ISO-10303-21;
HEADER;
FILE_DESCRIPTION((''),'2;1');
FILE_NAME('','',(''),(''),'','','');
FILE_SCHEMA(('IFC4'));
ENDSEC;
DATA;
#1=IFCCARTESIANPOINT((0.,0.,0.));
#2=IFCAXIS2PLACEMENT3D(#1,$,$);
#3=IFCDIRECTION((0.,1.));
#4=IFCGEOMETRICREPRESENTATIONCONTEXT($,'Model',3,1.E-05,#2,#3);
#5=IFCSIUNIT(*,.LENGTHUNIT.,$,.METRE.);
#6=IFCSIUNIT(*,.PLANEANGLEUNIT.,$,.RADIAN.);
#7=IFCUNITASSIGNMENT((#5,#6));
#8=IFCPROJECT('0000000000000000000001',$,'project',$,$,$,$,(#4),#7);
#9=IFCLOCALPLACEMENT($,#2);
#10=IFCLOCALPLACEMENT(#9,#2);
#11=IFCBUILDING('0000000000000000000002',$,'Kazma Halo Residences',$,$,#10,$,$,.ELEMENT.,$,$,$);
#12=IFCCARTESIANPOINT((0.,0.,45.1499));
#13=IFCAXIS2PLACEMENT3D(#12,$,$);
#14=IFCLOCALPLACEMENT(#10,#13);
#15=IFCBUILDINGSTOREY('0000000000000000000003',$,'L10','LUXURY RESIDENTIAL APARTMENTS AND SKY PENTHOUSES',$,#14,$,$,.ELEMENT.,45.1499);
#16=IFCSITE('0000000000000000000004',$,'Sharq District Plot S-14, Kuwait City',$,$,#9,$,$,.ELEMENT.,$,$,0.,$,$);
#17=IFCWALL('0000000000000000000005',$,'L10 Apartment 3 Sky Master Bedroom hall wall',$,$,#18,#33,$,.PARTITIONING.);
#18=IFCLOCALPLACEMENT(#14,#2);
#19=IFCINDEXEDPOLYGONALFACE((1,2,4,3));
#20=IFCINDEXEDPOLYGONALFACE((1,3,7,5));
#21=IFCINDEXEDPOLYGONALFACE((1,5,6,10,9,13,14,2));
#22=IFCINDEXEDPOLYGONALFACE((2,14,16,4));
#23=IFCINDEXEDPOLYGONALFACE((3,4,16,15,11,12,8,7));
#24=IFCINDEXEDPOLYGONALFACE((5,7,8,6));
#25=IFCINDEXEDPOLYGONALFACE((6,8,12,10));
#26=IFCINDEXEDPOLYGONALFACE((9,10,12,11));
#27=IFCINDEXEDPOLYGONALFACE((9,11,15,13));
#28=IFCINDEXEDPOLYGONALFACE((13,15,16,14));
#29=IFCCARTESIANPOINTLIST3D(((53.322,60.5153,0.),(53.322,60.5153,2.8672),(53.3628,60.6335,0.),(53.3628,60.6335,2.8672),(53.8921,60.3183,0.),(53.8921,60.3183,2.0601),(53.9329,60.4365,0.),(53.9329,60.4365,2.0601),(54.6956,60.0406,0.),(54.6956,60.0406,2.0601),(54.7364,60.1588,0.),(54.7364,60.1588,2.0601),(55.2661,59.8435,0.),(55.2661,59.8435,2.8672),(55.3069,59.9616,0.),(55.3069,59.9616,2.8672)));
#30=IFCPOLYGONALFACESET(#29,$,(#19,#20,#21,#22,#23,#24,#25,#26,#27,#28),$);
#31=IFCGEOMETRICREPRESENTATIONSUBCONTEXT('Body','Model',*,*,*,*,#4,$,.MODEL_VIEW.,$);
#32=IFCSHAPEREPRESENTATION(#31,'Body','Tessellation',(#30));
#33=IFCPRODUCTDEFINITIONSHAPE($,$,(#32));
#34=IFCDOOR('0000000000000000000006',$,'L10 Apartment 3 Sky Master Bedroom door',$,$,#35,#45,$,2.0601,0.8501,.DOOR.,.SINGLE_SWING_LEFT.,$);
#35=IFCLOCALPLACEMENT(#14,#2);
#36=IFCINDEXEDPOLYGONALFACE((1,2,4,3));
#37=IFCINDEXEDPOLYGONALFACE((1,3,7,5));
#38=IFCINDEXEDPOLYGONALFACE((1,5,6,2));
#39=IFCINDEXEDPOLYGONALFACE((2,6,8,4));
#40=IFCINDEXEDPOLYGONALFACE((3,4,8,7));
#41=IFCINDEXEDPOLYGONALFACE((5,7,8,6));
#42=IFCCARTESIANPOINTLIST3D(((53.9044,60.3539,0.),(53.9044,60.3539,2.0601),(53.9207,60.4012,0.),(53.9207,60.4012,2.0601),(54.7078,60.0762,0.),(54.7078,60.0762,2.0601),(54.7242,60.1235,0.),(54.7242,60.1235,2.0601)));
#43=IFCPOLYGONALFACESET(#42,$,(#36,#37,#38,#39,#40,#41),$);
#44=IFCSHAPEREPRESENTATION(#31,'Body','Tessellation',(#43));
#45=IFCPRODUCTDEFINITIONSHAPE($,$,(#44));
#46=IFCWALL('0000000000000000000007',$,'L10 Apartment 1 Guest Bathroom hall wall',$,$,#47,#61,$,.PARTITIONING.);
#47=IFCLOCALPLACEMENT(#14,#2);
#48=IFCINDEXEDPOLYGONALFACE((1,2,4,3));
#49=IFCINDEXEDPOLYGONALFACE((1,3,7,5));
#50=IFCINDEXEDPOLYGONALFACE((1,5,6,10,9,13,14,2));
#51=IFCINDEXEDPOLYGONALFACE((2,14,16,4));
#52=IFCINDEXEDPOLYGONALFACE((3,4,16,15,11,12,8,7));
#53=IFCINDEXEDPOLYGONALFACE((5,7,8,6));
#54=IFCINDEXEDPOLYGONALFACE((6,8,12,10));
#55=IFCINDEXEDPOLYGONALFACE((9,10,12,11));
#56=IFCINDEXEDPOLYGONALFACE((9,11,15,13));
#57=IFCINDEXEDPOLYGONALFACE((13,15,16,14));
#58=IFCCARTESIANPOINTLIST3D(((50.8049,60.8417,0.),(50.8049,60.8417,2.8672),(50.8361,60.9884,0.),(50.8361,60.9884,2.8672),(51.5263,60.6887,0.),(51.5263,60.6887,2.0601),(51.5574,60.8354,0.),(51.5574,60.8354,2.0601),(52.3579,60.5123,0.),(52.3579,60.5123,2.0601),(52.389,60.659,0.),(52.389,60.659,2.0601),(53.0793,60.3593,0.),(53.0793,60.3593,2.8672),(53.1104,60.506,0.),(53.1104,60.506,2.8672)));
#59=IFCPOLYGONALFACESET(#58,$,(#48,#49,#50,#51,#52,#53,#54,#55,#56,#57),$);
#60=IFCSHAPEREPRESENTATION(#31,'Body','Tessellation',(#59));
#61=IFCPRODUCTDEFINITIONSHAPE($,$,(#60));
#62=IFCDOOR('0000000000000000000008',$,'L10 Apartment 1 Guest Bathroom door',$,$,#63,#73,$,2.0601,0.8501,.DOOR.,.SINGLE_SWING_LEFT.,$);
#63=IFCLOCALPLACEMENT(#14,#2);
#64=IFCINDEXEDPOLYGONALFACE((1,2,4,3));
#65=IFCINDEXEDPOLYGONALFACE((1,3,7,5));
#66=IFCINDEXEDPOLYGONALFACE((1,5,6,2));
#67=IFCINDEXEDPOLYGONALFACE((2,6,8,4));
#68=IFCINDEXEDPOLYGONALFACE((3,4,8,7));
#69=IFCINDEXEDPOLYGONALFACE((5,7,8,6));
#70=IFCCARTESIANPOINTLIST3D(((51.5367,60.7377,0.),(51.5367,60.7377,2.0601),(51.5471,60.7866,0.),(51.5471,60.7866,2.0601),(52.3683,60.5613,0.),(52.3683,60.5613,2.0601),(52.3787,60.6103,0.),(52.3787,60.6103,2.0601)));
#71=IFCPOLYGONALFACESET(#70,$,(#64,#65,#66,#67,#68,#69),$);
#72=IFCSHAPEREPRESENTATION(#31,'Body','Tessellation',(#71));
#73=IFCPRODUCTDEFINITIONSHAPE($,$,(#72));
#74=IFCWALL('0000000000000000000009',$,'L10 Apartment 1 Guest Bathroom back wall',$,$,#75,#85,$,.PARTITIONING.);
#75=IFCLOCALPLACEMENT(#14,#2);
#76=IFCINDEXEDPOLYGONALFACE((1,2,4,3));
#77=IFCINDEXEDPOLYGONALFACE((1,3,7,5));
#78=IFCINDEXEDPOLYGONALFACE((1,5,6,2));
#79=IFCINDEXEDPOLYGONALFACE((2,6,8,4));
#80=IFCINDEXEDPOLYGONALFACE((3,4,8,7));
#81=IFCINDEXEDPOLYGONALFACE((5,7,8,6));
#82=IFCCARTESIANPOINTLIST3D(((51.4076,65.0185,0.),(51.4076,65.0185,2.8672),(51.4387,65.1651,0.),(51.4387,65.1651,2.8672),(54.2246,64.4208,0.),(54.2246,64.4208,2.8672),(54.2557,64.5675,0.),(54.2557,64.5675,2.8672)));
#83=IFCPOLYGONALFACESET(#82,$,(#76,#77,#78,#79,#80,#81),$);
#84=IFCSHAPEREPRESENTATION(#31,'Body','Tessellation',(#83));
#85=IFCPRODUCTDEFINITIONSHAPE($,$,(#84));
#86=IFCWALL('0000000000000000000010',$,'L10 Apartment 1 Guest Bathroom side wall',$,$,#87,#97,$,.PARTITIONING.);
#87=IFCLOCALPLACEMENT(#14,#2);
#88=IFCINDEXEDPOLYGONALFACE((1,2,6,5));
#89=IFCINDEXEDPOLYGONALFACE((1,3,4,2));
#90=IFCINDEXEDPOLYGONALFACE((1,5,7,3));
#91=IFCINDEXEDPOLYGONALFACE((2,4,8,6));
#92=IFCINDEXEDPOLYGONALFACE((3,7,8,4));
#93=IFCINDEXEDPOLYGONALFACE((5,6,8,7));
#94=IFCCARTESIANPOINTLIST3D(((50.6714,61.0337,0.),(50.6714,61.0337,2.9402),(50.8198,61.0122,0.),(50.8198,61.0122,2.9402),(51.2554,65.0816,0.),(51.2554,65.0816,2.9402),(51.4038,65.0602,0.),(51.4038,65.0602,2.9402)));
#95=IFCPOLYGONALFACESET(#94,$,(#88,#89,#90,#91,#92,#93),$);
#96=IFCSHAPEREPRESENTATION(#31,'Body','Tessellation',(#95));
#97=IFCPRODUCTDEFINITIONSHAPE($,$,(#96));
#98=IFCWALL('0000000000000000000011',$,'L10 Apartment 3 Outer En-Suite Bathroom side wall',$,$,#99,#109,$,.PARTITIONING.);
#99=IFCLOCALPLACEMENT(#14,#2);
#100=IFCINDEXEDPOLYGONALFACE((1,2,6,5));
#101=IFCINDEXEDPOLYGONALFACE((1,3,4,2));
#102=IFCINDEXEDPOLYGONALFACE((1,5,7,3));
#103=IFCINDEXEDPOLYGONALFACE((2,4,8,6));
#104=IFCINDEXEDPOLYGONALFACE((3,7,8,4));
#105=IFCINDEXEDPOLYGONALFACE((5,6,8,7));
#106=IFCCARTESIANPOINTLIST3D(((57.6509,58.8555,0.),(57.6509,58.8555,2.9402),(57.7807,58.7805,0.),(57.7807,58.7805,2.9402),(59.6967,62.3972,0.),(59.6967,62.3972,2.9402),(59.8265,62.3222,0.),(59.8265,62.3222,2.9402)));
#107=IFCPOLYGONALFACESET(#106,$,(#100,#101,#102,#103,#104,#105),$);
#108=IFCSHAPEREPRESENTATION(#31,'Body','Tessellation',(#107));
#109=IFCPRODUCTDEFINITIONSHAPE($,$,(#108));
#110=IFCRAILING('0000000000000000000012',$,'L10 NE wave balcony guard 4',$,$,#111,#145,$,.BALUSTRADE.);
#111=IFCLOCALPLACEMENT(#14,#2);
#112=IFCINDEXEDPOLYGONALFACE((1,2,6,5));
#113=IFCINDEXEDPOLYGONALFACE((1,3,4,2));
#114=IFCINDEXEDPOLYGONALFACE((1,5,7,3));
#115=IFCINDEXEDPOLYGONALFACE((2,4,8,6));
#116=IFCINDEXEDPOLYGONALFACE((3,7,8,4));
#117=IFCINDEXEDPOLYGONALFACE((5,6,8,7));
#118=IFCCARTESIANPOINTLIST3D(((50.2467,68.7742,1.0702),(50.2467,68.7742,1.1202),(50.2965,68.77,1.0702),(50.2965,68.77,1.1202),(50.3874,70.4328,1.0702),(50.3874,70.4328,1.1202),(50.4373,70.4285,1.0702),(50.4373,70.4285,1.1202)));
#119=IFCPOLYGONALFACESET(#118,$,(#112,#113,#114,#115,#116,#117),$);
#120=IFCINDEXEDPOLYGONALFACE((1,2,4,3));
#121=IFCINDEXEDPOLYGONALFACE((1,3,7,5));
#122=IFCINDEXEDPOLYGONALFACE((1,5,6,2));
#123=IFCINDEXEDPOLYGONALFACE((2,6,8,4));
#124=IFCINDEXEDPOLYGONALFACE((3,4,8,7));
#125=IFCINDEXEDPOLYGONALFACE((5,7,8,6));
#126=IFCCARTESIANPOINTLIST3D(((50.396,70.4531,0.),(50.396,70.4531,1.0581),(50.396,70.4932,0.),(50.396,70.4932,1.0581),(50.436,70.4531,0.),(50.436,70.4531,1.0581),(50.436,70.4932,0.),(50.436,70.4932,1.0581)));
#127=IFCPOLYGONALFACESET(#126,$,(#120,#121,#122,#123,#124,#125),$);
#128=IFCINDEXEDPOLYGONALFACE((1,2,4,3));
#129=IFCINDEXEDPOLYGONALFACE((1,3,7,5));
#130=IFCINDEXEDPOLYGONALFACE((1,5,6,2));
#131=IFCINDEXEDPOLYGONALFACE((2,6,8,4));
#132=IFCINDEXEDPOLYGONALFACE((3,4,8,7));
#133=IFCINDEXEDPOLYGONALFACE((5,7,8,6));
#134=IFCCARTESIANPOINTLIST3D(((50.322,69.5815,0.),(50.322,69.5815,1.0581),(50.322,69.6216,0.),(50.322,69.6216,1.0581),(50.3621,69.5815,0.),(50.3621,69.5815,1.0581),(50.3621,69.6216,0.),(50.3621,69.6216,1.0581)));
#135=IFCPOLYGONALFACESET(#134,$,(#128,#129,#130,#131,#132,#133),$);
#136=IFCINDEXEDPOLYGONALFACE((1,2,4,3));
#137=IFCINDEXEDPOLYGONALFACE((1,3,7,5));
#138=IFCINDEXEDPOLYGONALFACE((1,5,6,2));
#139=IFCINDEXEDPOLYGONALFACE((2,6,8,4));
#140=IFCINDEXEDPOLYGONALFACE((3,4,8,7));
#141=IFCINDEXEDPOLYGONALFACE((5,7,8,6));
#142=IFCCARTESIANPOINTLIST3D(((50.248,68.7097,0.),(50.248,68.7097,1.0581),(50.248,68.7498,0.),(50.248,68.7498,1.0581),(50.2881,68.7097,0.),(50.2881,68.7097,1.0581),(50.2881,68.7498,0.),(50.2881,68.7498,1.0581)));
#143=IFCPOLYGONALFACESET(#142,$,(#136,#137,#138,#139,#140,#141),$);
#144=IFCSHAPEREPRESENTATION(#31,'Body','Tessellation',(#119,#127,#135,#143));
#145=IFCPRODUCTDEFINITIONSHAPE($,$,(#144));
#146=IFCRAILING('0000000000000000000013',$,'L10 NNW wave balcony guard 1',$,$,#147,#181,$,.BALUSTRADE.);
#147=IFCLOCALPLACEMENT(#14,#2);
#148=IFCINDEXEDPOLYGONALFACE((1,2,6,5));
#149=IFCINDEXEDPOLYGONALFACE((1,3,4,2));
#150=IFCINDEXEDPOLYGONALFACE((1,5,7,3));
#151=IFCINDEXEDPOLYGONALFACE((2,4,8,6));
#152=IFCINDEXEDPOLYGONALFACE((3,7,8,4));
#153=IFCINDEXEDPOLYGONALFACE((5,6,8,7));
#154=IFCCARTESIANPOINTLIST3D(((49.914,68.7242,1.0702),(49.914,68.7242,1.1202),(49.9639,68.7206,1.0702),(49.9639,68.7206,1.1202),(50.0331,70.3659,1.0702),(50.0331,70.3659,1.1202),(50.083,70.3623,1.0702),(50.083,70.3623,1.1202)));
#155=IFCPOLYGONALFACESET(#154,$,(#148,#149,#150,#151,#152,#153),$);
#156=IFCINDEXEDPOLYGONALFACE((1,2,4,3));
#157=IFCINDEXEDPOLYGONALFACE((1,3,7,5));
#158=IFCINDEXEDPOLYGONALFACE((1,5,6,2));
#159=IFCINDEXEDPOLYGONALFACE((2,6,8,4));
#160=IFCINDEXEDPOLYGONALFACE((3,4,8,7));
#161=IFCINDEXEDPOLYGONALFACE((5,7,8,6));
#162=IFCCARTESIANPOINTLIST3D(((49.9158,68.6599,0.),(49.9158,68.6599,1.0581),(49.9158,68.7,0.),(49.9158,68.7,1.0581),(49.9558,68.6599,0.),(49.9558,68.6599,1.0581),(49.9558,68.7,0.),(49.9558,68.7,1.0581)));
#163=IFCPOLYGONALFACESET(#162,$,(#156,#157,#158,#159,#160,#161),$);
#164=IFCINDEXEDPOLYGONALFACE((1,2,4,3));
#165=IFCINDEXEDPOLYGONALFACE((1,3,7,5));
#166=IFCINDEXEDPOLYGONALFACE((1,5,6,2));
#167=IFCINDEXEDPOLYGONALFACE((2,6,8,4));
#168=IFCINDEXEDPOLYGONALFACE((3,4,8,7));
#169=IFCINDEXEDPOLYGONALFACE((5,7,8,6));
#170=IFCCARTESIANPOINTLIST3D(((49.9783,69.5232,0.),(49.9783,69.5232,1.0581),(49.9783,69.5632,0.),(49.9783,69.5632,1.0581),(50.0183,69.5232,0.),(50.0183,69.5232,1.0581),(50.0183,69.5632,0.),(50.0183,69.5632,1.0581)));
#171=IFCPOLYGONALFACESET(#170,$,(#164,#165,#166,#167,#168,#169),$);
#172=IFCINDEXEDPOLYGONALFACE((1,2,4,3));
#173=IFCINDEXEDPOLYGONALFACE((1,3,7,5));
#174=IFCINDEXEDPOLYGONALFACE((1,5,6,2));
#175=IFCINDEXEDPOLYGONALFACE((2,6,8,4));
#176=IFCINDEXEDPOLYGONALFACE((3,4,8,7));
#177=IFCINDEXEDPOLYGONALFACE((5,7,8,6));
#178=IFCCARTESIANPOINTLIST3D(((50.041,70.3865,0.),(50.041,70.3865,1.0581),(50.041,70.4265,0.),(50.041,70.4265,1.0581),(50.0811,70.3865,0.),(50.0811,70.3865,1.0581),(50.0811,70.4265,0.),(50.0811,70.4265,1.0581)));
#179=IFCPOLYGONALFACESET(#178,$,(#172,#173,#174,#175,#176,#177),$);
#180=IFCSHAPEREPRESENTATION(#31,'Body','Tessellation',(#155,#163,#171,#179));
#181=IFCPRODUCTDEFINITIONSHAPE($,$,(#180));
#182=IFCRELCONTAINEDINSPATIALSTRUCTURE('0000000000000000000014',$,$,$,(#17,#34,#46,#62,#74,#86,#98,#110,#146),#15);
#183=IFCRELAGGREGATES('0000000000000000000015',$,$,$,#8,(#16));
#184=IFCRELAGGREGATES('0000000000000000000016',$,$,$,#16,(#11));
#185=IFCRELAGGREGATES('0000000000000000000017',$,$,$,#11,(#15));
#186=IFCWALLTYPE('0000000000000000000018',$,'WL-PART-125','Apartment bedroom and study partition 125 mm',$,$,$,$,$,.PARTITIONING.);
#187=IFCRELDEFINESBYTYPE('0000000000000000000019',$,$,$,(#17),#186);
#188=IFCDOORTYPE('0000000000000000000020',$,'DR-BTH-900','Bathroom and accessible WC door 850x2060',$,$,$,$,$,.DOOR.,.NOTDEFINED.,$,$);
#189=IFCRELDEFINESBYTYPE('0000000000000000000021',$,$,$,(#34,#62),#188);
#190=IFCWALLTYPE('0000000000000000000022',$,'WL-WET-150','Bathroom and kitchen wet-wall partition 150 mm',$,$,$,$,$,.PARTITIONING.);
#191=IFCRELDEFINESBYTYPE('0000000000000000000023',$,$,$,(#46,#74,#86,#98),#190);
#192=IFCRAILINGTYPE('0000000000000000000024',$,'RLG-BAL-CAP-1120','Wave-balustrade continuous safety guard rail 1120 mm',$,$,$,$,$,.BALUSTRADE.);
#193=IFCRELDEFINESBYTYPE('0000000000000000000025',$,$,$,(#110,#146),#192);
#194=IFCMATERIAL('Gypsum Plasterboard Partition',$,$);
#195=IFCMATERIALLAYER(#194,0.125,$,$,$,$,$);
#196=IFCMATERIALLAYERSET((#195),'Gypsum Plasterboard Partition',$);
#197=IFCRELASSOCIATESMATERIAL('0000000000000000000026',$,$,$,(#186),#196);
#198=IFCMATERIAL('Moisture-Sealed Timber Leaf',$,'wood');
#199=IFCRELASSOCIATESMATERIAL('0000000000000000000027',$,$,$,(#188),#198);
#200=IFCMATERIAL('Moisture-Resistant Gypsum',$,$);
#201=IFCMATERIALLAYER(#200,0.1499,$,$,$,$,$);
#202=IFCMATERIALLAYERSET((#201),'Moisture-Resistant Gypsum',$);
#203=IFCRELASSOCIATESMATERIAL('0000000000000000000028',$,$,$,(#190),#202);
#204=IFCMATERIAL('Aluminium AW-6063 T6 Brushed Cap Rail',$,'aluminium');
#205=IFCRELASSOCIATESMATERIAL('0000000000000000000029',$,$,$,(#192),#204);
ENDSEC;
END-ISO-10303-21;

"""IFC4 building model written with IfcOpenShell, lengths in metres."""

from ifc_helpers import new_model, si_unit, direction, frame, frame_2d, origin, origin_2d, place, context, subcontext, project, spatial, rectangle, extrude, material, layer, layer_set, type_object, element, fill, save


model = new_model("IFC4")

# Units and contexts
model_context = context("Model", 3, precision=1e-05, world=origin(), true_north=direction((0.0, 1.0)))
body_context = subcontext(model_context, "Body", "Model", "MODEL_VIEW")
ifc_project = project(units=[si_unit("LENGTHUNIT", "METRE"), si_unit("PLANEANGLEUNIT", "RADIAN")], contexts=[model_context])

# Site, building, storey
site_placement = place(None, origin())
site = spatial("IfcSite", under=ifc_project, at=site_placement, Name="Sharq District Plot S-14, Kuwait City", CompositionType="ELEMENT", RefElevation=0.0)
building_placement = place(site_placement, origin())
building = spatial("IfcBuilding", under=site, at=building_placement, Name="Kazma Halo Residences", CompositionType="ELEMENT")
storey_placement = place(building_placement, frame((0.0, 0.0, 45.1499)))
storey = spatial("IfcBuildingStorey", under=building, at=storey_placement, Name="L10", Description="LUXURY RESIDENTIAL APARTMENTS AND SKY PENTHOUSES", CompositionType="ELEMENT", Elevation=45.1499)

# Shared definitions
ifc_material_1 = material(Name="Gypsum Plasterboard Partition")
ifc_layer_1 = layer(ifc_material_1, 0.125)
ifc_layer_set_1 = layer_set([ifc_layer_1], Name="Gypsum Plasterboard Partition")
wall_type_1 = type_object("IfcWallType", Name="WL-PART-125", Description="Apartment bedroom and study partition 125 mm", PredefinedType="PARTITIONING", material=ifc_layer_set_1)
ifc_material_2 = material(Name="Moisture-Sealed Timber Leaf", Category="wood")
door_type = type_object("IfcDoorType", Name="DR-BTH-900", Description="Bathroom and accessible WC door 850x2060", OperationType="NOTDEFINED", PredefinedType="DOOR", material=ifc_material_2)

# Walls, openings, doors
wall_1_placement = place(storey_placement, frame((55.2864, 59.9026, 0.0), z_axis=(0.0, 0.0, 1.0), x_axis=(-0.945148, 0.326642, 0.0)))
wall_1 = element("IfcWall", 1, at=wall_1_placement, inside=storey, type_object=wall_type_1, Name="L10 Apartment 3 Sky Master Bedroom hall wall", PredefinedType="PARTITIONING", context=body_context, shape_type="SweptSolid", body=[
    extrude(rectangle(XDim=2.0569, YDim=0.125, at=frame_2d((1.0283, 0.0))), origin(), (0.0, 0.0, 1.0), 2.8672),
])
opening_1_placement = place(wall_1_placement, frame((0.6035, 0.0, 0.0)))
opening_1 = element("IfcOpeningElement", 2, at=opening_1_placement, cuts=wall_1, PredefinedType="OPENING", context=body_context, shape_type="SweptSolid", body=[
    extrude(rectangle(XDim=0.8501, YDim=2.0601, at=frame_2d((0.425, 1.03))), frame((0.0, 0.0725, 0.0), z_axis=(0.0, -1.0, 0.0), x_axis=(1.0, 0.0, 0.0)), (0.0, 0.0, 1.0), 0.145),
])
door_1_placement = place(opening_1_placement, origin())
door_1 = element("IfcDoor", 3, at=door_1_placement, inside=storey, type_object=door_type, Name="L10 Apartment 3 Sky Master Bedroom door", OperationType="SINGLE_SWING_LEFT", OverallHeight=2.0601, OverallWidth=0.8501, PredefinedType="DOOR", context=body_context, shape_type="SweptSolid", body=[
    extrude(rectangle(XDim=0.8501, YDim=2.0601, at=frame_2d((0.425, 1.03))), frame((0.0, 0.0249, 0.0), z_axis=(0.0, -1.0, 0.0), x_axis=(1.0, 0.0, 0.0)), (0.0, 0.0, 1.0), 0.05),
])
fill(opening_1, door_1)
ifc_material_3 = material(Name="Moisture-Resistant Gypsum")
ifc_layer_2 = layer(ifc_material_3, 0.1499)
ifc_layer_set_2 = layer_set([ifc_layer_2], Name="Moisture-Resistant Gypsum")
wall_type_2 = type_object("IfcWallType", Name="WL-WET-150", Description="Bathroom and kitchen wet-wall partition 150 mm", PredefinedType="PARTITIONING", material=ifc_layer_set_2)
wall_2_placement = place(storey_placement, frame((53.095, 60.4326, 0.0), z_axis=(0.0, 0.0, 1.0), x_axis=(-0.978237, 0.207492, 0.0)))
wall_2 = element("IfcWall", 4, at=wall_2_placement, inside=storey, type_object=wall_type_2, Name="L10 Apartment 1 Guest Bathroom hall wall", PredefinedType="PARTITIONING", context=body_context, shape_type="SweptSolid", body=[
    extrude(rectangle(XDim=2.325, YDim=0.1499, at=frame_2d((1.1626, 0.0))), origin(), (0.0, 0.0, 1.0), 2.8672),
])
opening_2_placement = place(wall_2_placement, frame((0.7375, 0.0, 0.0)))
opening_2 = element("IfcOpeningElement", 5, at=opening_2_placement, cuts=wall_2, PredefinedType="OPENING", context=body_context, shape_type="SweptSolid", body=[
    extrude(rectangle(XDim=0.8501, YDim=2.0601, at=frame_2d((0.425, 1.03))), frame((0.0, 0.085, 0.0), z_axis=(0.0, -1.0, 0.0), x_axis=(1.0, 0.0, 0.0)), (0.0, 0.0, 1.0), 0.1699),
])
door_2_placement = place(opening_2_placement, origin())
door_2 = element("IfcDoor", 6, at=door_2_placement, inside=storey, type_object=door_type, Name="L10 Apartment 1 Guest Bathroom door", OperationType="SINGLE_SWING_LEFT", OverallHeight=2.0601, OverallWidth=0.8501, PredefinedType="DOOR", context=body_context, shape_type="SweptSolid", body=[
    extrude(rectangle(XDim=0.8501, YDim=2.0601, at=frame_2d((0.425, 1.03))), frame((0.0, 0.0249, 0.0), z_axis=(0.0, -1.0, 0.0), x_axis=(1.0, 0.0, 0.0)), (0.0, 0.0, 1.0), 0.05),
])
fill(opening_2, door_2)

# Walls
wall_3_placement = place(storey_placement, frame((54.2402, 64.4941, 0.0), z_axis=(0.0, 0.0, 1.0), x_axis=(-0.978225, 0.207548, 0.0)))
element("IfcWall", 7, at=wall_3_placement, inside=storey, type_object=wall_type_2, Name="L10 Apartment 1 Guest Bathroom back wall", PredefinedType="PARTITIONING", context=body_context, shape_type="SweptSolid", body=[
    extrude(rectangle(XDim=2.8796, YDim=0.1499, at=frame_2d((1.4399, 0.0))), origin(), (0.0, 0.0, 1.0), 2.8672),
])
wall_4_placement = place(storey_placement, frame((50.7456, 61.0229, 0.0), z_axis=(0.0, 0.0, 1.0), x_axis=(0.142792, 0.989753, 0.0)))
element("IfcWall", 8, at=wall_4_placement, inside=storey, type_object=wall_type_2, Name="L10 Apartment 1 Guest Bathroom side wall", PredefinedType="PARTITIONING", context=body_context, shape_type="SweptSolid", body=[
    extrude(rectangle(XDim=4.0898, YDim=0.1499, at=frame_2d((2.0449, 0.0))), origin(), (0.0, 0.0, 1.0), 2.9402),
])
wall_5_placement = place(storey_placement, frame((57.7158, 58.8181, 0.0), z_axis=(0.0, 0.0, 1.0), x_axis=(0.500196, 0.865912, 0.0)))
element("IfcWall", 9, at=wall_5_placement, inside=storey, type_object=wall_type_2, Name="L10 Apartment 3 Outer En-Suite Bathroom side wall", PredefinedType="PARTITIONING", context=body_context, shape_type="SweptSolid", body=[
    extrude(rectangle(XDim=4.0901, YDim=0.1499, at=frame_2d((2.0449, 0.0))), origin(), (0.0, 0.0, 1.0), 2.9402),
])

# Railings
ifc_material_4 = material(Name="Aluminium AW-6063 T6 Brushed Cap Rail", Category="aluminium")
railing_type = type_object("IfcRailingType", Name="RLG-BAL-CAP-1120", Description="Wave-balustrade continuous safety guard rail 1120 mm", PredefinedType="BALUSTRADE", material=ifc_material_4)
railing_1_placement = place(storey_placement, frame((50.416, 70.4731, 0.0)))
element("IfcRailing", 10, at=railing_1_placement, inside=storey, type_object=railing_type, Name="L10 NE wave balcony guard 4", PredefinedType="BALUSTRADE", context=body_context, shape_type="SweptSolid", body=[
    extrude(rectangle(XDim=0.05, YDim=0.05, at=origin_2d()), frame((-0.0037, -0.0425, 1.0952), z_axis=(-0.084558, -0.996419, 0.0), x_axis=(0.996419, -0.084558, 0.0)), (0.0, 0.0, 1.0), 1.6646),
    extrude(rectangle(XDim=0.04, YDim=0.04, at=origin_2d()), origin(), (0.0, 0.0, 1.0), 1.0581),
    extrude(rectangle(XDim=0.04, YDim=0.04, at=origin_2d()), frame((-0.074, -0.8716, 0.0)), (0.0, 0.0, 1.0), 1.0581),
    extrude(rectangle(XDim=0.04, YDim=0.04, at=origin_2d()), frame((-0.1479, -1.7434, 0.0)), (0.0, 0.0, 1.0), 1.0581),
])
railing_2_placement = place(storey_placement, frame((49.9358, 68.6799, 0.0)))
element("IfcRailing", 11, at=railing_2_placement, inside=storey, type_object=railing_type, Name="L10 NNW wave balcony guard 1", PredefinedType="BALUSTRADE", context=body_context, shape_type="SweptSolid", body=[
    extrude(rectangle(XDim=0.05, YDim=0.05, at=origin_2d()), frame((0.0032, 0.0425, 1.0952), z_axis=(0.072349, 0.997379, 0.0), x_axis=(-0.997379, 0.072349, 0.0)), (0.0, 0.0, 1.0), 1.646),
    extrude(rectangle(XDim=0.04, YDim=0.04, at=origin_2d()), origin(), (0.0, 0.0, 1.0), 1.0581),
    extrude(rectangle(XDim=0.04, YDim=0.04, at=origin_2d()), frame((0.0625, 0.8633, 0.0)), (0.0, 0.0, 1.0), 1.0581),
    extrude(rectangle(XDim=0.04, YDim=0.04, at=origin_2d()), frame((0.1252, 1.7266, 0.0)), (0.0, 0.0, 1.0), 1.0581),
])

save(model, "model.ifc")
